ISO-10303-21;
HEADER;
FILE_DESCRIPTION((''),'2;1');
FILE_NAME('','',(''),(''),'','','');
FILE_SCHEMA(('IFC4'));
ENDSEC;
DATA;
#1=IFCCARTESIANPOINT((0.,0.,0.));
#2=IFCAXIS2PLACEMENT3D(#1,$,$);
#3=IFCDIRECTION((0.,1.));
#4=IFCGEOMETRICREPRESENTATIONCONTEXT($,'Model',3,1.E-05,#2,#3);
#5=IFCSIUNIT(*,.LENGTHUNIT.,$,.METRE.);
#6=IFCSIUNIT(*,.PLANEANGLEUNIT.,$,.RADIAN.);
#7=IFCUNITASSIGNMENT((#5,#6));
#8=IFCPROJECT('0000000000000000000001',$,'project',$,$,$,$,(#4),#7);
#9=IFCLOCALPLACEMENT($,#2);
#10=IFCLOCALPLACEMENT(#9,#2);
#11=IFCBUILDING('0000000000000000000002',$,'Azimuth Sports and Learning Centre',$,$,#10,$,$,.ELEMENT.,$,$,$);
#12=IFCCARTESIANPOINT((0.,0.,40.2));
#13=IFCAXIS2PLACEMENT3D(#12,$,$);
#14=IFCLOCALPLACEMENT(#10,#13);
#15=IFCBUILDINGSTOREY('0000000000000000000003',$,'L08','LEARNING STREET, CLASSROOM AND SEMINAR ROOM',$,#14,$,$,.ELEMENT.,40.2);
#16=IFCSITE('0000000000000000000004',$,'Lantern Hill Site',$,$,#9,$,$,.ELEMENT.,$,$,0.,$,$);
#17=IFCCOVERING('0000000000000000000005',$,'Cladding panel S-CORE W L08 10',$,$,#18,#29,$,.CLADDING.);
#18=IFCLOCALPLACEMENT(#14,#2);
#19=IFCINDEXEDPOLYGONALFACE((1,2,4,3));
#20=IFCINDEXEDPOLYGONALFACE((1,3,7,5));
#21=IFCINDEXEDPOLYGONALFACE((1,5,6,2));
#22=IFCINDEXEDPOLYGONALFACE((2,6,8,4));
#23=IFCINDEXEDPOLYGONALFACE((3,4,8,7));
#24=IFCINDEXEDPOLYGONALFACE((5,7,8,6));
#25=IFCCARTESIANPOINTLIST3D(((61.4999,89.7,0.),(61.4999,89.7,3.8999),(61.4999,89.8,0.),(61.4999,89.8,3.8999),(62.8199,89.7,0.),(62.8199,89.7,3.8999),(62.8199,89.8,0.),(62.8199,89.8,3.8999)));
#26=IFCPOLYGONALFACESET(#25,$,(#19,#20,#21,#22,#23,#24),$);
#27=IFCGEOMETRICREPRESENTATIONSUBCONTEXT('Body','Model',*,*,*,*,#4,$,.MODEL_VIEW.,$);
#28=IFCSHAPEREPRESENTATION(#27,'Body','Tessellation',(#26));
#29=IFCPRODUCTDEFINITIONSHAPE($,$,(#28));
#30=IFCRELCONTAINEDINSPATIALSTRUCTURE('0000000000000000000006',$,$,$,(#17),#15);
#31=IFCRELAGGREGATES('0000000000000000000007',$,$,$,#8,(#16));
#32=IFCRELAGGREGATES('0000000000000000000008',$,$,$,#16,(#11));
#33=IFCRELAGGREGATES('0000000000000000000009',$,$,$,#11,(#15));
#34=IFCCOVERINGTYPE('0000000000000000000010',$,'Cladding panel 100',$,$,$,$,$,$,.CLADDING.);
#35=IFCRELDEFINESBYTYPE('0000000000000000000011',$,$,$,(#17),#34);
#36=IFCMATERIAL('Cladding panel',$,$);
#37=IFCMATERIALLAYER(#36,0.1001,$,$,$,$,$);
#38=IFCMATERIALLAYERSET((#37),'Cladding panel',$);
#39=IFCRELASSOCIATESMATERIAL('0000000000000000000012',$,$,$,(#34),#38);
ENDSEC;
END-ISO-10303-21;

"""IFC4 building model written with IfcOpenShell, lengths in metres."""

from ifc_helpers import new_model, si_unit, direction, frame, origin, origin_2d, place, context, subcontext, project, spatial, rectangle, extrude, material, layer, layer_set, type_object, element, save


model = new_model("IFC4")

# Units and contexts
model_context = context("Model", 3, precision=1e-05, world=origin(), true_north=direction((0.0, 1.0)))
body_context = subcontext(model_context, "Body", "Model", "MODEL_VIEW")
ifc_project = project(units=[si_unit("LENGTHUNIT", "METRE"), si_unit("PLANEANGLEUNIT", "RADIAN")], contexts=[model_context])

# Site, building, storey
site_placement = place(None, origin())
site = spatial("IfcSite", under=ifc_project, at=site_placement, Name="Lantern Hill Site", CompositionType="ELEMENT", RefElevation=0.0)
building_placement = place(site_placement, origin())
building = spatial("IfcBuilding", under=site, at=building_placement, Name="Azimuth Sports and Learning Centre", CompositionType="ELEMENT")
storey_placement = place(building_placement, frame((0.0, 0.0, 40.2)))
storey = spatial("IfcBuildingStorey", under=building, at=storey_placement, Name="L08", Description="LEARNING STREET, CLASSROOM AND SEMINAR ROOM", CompositionType="ELEMENT", Elevation=40.2)

# Covering
ifc_material_1 = material(Name="Cladding panel")
ifc_layer_1 = layer(ifc_material_1, 0.1001)
ifc_layer_set_1 = layer_set([ifc_layer_1], Name="Cladding panel")
covering_type = type_object("IfcCoveringType", Name="Cladding panel 100", PredefinedType="CLADDING", material=ifc_layer_set_1)
covering_1_placement = place(storey_placement, frame((62.1599, 89.75, 0.0), z_axis=(0.0, 0.0, 1.0), x_axis=(1.0, 0.0, 0.0)))
element("IfcCovering", 1, at=covering_1_placement, inside=storey, type_object=covering_type, Name="Cladding panel S-CORE W L08 10", PredefinedType="CLADDING", context=body_context, shape_type="SweptSolid", body=[
    extrude(rectangle(XDim=1.3201, YDim=0.1001, at=origin_2d()), origin(), (0.0, 0.0, 1.0), 3.8999),
])

save(model, "model.ifc")
